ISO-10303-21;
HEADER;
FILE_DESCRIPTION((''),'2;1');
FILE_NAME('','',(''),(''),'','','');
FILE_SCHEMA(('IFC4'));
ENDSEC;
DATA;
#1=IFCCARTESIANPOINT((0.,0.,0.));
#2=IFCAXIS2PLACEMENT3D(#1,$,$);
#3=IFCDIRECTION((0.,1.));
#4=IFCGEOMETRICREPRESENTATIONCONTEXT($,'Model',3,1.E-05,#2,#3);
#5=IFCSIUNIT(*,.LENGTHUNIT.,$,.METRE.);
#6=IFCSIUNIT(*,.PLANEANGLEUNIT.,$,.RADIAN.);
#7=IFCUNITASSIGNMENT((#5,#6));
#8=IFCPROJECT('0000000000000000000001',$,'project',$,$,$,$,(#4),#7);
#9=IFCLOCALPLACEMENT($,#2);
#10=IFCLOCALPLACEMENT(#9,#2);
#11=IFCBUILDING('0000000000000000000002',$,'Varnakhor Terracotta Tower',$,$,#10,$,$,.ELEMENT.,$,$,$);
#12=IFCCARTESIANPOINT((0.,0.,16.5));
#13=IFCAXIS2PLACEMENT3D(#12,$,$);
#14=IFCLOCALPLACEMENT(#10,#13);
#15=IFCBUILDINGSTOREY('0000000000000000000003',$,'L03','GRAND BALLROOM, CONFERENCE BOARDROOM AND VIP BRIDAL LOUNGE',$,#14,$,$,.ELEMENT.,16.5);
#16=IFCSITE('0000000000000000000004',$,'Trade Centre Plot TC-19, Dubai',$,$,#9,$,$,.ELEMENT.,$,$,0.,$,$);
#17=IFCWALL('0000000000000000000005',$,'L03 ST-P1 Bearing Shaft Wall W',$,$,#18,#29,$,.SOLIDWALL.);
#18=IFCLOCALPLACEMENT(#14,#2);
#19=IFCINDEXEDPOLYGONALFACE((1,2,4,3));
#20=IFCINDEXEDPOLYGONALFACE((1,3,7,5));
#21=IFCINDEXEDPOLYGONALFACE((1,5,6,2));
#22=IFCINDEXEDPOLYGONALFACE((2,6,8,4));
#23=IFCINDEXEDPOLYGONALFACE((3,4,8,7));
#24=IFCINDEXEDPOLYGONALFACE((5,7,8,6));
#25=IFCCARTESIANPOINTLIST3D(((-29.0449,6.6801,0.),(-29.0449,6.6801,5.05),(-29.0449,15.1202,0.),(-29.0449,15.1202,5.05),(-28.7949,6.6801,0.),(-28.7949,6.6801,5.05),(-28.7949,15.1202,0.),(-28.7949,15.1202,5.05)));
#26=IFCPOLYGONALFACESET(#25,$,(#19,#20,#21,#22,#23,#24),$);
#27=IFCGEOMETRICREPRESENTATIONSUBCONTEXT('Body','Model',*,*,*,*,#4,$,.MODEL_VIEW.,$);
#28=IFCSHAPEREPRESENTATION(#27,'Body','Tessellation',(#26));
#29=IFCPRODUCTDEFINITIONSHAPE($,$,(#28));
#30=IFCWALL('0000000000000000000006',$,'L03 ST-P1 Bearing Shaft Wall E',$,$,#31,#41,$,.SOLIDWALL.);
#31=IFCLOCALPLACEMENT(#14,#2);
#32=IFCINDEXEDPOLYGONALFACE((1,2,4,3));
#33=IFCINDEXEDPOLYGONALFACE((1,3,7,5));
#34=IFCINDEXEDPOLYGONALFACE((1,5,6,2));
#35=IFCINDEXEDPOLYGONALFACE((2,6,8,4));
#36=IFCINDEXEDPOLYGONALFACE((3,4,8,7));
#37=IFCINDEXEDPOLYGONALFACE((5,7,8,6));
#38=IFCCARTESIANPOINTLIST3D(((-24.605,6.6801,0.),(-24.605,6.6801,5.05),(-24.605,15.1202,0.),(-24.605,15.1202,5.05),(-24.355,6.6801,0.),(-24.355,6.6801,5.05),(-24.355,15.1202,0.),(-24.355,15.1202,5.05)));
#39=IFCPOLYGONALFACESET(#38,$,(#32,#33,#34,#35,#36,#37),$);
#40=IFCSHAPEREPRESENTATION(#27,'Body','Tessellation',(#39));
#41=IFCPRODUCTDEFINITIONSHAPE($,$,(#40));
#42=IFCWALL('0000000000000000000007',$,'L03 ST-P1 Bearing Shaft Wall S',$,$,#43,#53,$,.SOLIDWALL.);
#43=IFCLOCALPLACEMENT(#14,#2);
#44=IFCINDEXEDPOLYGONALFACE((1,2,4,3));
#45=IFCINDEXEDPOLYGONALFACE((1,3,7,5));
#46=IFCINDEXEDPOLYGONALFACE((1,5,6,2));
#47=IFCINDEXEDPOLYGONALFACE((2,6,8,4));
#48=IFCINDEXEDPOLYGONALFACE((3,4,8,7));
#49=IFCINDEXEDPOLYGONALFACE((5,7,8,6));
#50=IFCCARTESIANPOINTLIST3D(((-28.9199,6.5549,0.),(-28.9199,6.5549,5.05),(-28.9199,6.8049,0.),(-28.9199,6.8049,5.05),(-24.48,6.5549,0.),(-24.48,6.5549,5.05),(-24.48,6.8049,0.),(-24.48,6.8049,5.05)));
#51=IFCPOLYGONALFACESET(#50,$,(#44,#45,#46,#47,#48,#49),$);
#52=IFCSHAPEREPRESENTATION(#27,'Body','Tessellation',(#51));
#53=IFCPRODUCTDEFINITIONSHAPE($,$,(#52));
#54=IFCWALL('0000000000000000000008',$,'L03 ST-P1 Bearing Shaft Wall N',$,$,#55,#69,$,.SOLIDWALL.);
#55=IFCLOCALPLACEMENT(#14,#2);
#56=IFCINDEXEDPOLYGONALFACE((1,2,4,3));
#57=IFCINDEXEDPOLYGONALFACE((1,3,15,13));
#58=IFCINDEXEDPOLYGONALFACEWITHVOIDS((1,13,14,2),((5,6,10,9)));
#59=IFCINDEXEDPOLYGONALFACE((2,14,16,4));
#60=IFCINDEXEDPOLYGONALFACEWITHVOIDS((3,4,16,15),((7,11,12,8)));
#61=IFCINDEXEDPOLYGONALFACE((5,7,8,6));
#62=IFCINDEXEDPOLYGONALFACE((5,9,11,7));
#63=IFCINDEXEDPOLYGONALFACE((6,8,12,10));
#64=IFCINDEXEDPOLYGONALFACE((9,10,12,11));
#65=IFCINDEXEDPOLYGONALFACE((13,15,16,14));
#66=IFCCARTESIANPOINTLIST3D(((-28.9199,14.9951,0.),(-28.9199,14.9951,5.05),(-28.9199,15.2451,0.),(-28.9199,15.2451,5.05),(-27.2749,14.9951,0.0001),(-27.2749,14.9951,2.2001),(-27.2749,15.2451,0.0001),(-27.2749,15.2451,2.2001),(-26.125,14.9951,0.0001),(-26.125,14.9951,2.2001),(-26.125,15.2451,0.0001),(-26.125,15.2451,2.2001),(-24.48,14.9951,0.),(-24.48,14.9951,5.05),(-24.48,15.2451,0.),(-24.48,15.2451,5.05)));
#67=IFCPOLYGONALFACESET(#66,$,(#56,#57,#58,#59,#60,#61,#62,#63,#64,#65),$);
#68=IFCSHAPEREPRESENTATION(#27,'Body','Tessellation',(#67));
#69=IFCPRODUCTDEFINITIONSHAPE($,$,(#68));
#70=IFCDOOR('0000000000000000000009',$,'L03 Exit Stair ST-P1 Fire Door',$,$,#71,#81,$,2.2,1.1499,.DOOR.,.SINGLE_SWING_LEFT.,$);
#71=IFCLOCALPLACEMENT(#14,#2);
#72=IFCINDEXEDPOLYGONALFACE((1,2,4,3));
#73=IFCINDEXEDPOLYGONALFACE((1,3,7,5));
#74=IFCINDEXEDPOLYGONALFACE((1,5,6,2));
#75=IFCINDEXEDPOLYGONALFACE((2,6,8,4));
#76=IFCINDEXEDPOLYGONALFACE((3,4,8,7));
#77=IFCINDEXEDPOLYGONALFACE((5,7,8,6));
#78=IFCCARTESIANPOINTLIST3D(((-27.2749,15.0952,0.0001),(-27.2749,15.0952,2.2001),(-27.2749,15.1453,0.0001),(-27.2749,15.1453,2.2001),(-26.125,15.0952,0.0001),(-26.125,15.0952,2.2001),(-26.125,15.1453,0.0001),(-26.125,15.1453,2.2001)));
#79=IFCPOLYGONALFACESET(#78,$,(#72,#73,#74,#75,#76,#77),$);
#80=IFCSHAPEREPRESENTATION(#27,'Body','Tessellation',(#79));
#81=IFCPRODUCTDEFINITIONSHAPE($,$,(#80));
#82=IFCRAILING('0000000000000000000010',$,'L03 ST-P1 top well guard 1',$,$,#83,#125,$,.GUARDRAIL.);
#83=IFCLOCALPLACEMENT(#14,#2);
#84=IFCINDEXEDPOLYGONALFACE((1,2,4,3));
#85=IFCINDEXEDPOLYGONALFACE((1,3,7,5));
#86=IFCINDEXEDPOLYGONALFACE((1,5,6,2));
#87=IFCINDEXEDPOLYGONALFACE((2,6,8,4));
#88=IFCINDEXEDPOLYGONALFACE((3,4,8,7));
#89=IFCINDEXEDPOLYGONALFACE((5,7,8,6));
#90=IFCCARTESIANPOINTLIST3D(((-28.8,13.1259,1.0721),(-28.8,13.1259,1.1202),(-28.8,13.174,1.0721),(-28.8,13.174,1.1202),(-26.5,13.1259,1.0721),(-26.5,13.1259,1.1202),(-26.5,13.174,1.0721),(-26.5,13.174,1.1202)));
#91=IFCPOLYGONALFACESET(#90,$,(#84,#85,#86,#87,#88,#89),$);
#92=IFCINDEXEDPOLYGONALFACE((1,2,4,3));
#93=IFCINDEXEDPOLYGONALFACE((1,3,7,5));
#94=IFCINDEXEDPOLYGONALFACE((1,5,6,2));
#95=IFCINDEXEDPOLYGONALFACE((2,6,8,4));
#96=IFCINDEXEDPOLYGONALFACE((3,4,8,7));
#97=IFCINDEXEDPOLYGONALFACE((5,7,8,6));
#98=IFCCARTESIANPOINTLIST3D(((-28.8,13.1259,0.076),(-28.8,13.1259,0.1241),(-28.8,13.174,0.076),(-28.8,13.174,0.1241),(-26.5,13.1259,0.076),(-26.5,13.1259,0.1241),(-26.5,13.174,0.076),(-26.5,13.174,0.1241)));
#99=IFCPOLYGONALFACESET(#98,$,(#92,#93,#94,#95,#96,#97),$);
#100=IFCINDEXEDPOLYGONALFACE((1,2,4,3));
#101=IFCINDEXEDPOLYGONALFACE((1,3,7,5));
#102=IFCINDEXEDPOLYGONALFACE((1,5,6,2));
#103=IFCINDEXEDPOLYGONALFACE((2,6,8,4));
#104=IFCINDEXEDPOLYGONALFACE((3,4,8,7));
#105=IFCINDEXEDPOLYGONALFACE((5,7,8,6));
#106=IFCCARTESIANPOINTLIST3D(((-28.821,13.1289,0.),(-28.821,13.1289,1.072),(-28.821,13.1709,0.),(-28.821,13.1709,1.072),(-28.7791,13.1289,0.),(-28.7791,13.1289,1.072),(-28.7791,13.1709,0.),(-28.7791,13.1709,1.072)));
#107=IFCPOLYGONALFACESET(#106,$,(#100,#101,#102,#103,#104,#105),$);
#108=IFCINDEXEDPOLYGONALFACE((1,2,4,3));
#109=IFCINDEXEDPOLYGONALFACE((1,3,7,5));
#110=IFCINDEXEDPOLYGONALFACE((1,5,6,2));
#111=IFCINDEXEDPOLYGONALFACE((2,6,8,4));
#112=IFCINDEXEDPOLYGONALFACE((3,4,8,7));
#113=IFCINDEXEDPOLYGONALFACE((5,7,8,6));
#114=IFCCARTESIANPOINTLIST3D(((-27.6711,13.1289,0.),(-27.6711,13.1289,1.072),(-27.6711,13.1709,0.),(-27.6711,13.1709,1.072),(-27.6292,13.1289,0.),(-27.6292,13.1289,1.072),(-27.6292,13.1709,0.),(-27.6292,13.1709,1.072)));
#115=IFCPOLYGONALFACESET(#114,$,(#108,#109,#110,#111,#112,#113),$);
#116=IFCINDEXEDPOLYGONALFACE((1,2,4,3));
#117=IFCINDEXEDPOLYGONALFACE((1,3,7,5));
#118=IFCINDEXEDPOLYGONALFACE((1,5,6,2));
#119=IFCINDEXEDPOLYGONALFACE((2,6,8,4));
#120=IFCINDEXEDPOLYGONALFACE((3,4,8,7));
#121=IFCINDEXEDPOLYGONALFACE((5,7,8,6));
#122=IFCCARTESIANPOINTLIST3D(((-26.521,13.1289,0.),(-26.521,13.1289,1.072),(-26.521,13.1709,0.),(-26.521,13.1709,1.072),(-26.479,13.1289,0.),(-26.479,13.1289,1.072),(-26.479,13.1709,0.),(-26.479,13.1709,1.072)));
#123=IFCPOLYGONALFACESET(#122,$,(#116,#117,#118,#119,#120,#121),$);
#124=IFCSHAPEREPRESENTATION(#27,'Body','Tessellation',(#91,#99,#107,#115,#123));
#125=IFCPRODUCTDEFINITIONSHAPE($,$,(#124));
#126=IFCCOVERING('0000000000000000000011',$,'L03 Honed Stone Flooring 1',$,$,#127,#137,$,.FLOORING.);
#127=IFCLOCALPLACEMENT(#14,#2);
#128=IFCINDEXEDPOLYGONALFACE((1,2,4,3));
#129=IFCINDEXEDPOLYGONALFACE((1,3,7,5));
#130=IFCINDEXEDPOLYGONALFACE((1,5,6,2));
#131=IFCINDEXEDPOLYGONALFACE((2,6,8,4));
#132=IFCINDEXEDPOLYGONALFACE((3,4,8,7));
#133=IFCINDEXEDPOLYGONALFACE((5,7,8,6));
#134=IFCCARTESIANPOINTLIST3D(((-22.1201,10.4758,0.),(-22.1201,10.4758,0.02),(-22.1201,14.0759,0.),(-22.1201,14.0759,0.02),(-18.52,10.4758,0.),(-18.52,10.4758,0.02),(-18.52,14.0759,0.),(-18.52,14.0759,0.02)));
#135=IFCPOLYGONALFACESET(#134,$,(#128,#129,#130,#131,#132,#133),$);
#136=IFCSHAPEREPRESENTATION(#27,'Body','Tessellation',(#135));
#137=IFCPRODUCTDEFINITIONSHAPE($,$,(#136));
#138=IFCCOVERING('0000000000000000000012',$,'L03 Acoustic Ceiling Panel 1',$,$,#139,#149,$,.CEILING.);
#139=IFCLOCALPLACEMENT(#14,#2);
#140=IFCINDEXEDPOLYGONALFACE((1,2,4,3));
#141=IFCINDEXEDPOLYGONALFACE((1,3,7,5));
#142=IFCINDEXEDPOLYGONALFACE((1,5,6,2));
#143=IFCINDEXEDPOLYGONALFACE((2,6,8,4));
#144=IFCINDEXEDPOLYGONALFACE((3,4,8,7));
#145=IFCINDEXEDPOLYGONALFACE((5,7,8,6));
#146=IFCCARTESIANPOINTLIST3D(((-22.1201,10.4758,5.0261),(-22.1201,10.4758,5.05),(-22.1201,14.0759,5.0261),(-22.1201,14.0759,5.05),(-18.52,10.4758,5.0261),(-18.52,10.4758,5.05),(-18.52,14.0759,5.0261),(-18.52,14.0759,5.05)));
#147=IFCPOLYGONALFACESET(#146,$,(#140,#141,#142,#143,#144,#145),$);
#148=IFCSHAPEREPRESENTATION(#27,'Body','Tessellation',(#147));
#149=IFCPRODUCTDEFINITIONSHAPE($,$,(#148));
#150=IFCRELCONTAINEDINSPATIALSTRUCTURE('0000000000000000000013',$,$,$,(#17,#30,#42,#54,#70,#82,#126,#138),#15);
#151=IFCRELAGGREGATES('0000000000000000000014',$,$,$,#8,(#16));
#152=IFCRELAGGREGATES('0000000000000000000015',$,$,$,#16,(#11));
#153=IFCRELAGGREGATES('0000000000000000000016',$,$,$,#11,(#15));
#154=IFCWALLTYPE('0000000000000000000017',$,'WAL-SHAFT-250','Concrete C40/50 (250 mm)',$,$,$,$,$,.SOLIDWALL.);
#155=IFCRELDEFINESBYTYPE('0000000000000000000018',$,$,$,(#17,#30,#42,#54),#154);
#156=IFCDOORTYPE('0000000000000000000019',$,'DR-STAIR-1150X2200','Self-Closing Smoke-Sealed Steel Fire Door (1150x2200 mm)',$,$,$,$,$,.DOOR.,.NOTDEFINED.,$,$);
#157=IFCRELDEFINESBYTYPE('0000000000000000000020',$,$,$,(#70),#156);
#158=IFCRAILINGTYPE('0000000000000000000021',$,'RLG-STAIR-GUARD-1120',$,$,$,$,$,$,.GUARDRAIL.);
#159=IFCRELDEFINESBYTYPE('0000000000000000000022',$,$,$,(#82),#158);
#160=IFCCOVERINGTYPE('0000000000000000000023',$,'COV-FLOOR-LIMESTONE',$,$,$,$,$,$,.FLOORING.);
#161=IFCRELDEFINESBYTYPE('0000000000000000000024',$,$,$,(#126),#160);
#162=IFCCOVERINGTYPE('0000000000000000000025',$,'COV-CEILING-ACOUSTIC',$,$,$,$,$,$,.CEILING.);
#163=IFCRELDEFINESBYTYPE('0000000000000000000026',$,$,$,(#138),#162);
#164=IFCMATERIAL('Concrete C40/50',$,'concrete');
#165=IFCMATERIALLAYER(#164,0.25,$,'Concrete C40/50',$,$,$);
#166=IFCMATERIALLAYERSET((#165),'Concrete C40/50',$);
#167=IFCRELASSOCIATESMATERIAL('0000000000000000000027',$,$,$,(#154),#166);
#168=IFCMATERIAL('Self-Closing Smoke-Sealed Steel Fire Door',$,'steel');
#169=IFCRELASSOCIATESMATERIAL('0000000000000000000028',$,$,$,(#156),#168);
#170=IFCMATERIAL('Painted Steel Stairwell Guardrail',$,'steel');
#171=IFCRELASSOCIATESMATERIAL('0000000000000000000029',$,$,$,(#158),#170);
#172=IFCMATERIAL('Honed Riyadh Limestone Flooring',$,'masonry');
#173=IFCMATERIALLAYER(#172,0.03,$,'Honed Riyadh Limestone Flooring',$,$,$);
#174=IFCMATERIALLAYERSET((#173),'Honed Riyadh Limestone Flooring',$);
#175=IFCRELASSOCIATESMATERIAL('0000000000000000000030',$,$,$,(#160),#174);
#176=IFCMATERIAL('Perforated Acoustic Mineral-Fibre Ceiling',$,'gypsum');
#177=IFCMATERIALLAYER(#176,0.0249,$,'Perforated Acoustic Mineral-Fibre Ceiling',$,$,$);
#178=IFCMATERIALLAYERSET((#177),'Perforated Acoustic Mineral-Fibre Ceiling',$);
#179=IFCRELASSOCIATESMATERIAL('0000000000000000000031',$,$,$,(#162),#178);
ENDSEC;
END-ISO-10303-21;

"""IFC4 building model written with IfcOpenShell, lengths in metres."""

from ifc_helpers import new_model, si_unit, direction, frame, frame_2d, origin, origin_2d, place, context, subcontext, project, spatial, rectangle, extrude, source, transform, mapped, material, layer, layer_set, type_object, type_shapes, element, fill, save


model = new_model("IFC4")

# Units and contexts
model_context = context("Model", 3, precision=1e-05, world=origin(), true_north=direction((0.0, 1.0)))
body_context = subcontext(model_context, "Body", "Model", "MODEL_VIEW")
ifc_project = project(units=[si_unit("LENGTHUNIT", "METRE"), si_unit("PLANEANGLEUNIT", "RADIAN")], contexts=[model_context])

# Site, building, storey
site_placement = place(None, origin())
site = spatial("IfcSite", under=ifc_project, at=site_placement, Name="Trade Centre Plot TC-19, Dubai", CompositionType="ELEMENT", RefElevation=0.0)
building_placement = place(site_placement, origin())
building = spatial("IfcBuilding", under=site, at=building_placement, Name="Varnakhor Terracotta Tower", CompositionType="ELEMENT")
storey_placement = place(building_placement, frame((0.0, 0.0, 16.5)))
storey = spatial("IfcBuildingStorey", under=building, at=storey_placement, Name="L03", Description="GRAND BALLROOM, CONFERENCE BOARDROOM AND VIP BRIDAL LOUNGE", CompositionType="ELEMENT", Elevation=16.5)

# Walls
ifc_material_1 = material(Name="Concrete C40/50", Category="concrete")
ifc_layer_1 = layer(ifc_material_1, 0.25, Name="Concrete C40/50")
ifc_layer_set_1 = layer_set([ifc_layer_1], Name="Concrete C40/50")
wall_type_1 = type_object("IfcWallType", Name="WAL-SHAFT-250", Description="Concrete C40/50 (250 mm)", PredefinedType="SOLIDWALL", material=ifc_layer_set_1)
for number, where, z_axis, x_axis, name in (
    (1, (-28.9199, 6.6799, 0.0), (0.0, 0.0, 1.0), (0.0, 1.0, 0.0), "L03 ST-P1 Bearing Shaft Wall W"),
    (2, (-24.48, 6.6799, 0.0), (0.0, 0.0, 1.0), (0.0, 1.0, 0.0), "L03 ST-P1 Bearing Shaft Wall E"),
):
    element("IfcWall", number, at=place(storey_placement, frame(where, z_axis=z_axis, x_axis=x_axis)), inside=storey, type_object=wall_type_1, Name=name, PredefinedType="SOLIDWALL", context=body_context, shape_type="SweptSolid", body=[
        extrude(rectangle(XDim=8.4402, YDim=0.25, at=frame_2d((4.2202, 0.0))), origin(), (0.0, 0.0, 1.0), 5.05),
    ])
wall_1_placement = place(storey_placement, frame((-28.9199, 6.6799, 0.0), z_axis=(0.0, 0.0, 1.0), x_axis=(1.0, 0.0, 0.0)))
element("IfcWall", 3, at=wall_1_placement, inside=storey, type_object=wall_type_1, Name="L03 ST-P1 Bearing Shaft Wall S", PredefinedType="SOLIDWALL", context=body_context, shape_type="SweptSolid", body=[
    extrude(rectangle(XDim=4.4399, YDim=0.25, at=frame_2d((2.22, 0.0))), origin(), (0.0, 0.0, 1.0), 5.05),
])

# Wall, opening, door
wall_2_placement = place(storey_placement, frame((-24.48, 15.1201, 0.0), z_axis=(0.0, 0.0, 1.0), x_axis=(-1.0, 0.0, 0.0)))
wall_2 = element("IfcWall", 4, at=wall_2_placement, inside=storey, type_object=wall_type_1, Name="L03 ST-P1 Bearing Shaft Wall N", PredefinedType="SOLIDWALL", context=body_context, shape_type="SweptSolid", body=[
    extrude(rectangle(XDim=4.4399, YDim=0.25, at=frame_2d((2.22, 0.0))), origin(), (0.0, 0.0, 1.0), 5.05),
])
opening_1_placement = place(wall_2_placement, frame((1.645, 0.0, 0.0)))
opening_1 = element("IfcOpeningElement", 5, at=opening_1_placement, cuts=wall_2, PredefinedType="OPENING", context=body_context, shape_type="SweptSolid", body=[
    extrude(rectangle(XDim=1.1499, YDim=2.2, at=frame_2d((0.575, 1.1001))), frame((0.0, 0.135, 0.0), z_axis=(0.0, -1.0, 0.0), x_axis=(1.0, 0.0, 0.0)), (0.0, 0.0, 1.0), 0.27),
])
ifc_material_2 = material(Name="Self-Closing Smoke-Sealed Steel Fire Door", Category="steel")
door_type_1 = type_object("IfcDoorType", Name="DR-STAIR-1150X2200", Description="Self-Closing Smoke-Sealed Steel Fire Door (1150x2200 mm)", OperationType="NOTDEFINED", PredefinedType="DOOR", material=ifc_material_2)
shared_shape_1 = source(origin(), body_context, "Body", "SweptSolid", [
    extrude(rectangle(XDim=1.1499, YDim=2.2, at=frame_2d((0.575, 1.1001))), frame((0.0, 0.0249, 0.0), z_axis=(0.0, -1.0, 0.0), x_axis=(1.0, 0.0, 0.0)), (0.0, 0.0, 1.0), 0.05),
])
type_shapes(door_type_1, [shared_shape_1])
door_1_placement = place(opening_1_placement, origin())
door_1 = element("IfcDoor", 6, at=door_1_placement, inside=storey, type_object=door_type_1, Name="L03 Exit Stair ST-P1 Fire Door", OperationType="SINGLE_SWING_LEFT", OverallHeight=2.2, OverallWidth=1.1499, PredefinedType="DOOR", context=body_context, shape_type="MappedRepresentation", body=[
    mapped(shared_shape_1, transform((0.0, 0.0, 0.0), scale=1.0)),
])
fill(opening_1, door_1)

# Railing
ifc_material_3 = material(Name="Painted Steel Stairwell Guardrail", Category="steel")
railing_type = type_object("IfcRailingType", Name="RLG-STAIR-GUARD-1120", PredefinedType="GUARDRAIL", material=ifc_material_3)
railing_placement = place(storey_placement, frame((-28.8, 13.1499, 0.0)))
element("IfcRailing", 7, at=railing_placement, inside=storey, type_object=railing_type, Name="L03 ST-P1 top well guard 1", PredefinedType="GUARDRAIL", context=body_context, shape_type="SweptSolid", body=[
    extrude(rectangle(XDim=0.0481, YDim=0.0481, at=origin_2d()), frame((0.0, 0.0, 1.0962), z_axis=(1.0, 0.0, 0.0), x_axis=(0.0, 1.0, 0.0)), (0.0, 0.0, 1.0), 2.3),
    extrude(rectangle(XDim=0.0481, YDim=0.0481, at=origin_2d()), frame((0.0, 0.0, 0.1001), z_axis=(1.0, 0.0, 0.0), x_axis=(0.0, 1.0, 0.0)), (0.0, 0.0, 1.0), 2.3),
    extrude(rectangle(XDim=0.042, YDim=0.042, at=origin_2d()), origin(), (0.0, 0.0, 1.0), 1.072),
    extrude(rectangle(XDim=0.042, YDim=0.042, at=origin_2d()), frame((1.1499, 0.0, 0.0)), (0.0, 0.0, 1.0), 1.072),
    extrude(rectangle(XDim=0.042, YDim=0.042, at=origin_2d()), frame((2.3, 0.0, 0.0)), (0.0, 0.0, 1.0), 1.072),
])

# Coverings
ifc_material_4 = material(Name="Honed Riyadh Limestone Flooring", Category="masonry")
ifc_layer_2 = layer(ifc_material_4, 0.03, Name="Honed Riyadh Limestone Flooring")
ifc_layer_set_2 = layer_set([ifc_layer_2], Name="Honed Riyadh Limestone Flooring")
covering_type_1 = type_object("IfcCoveringType", Name="COV-FLOOR-LIMESTONE", PredefinedType="FLOORING", material=ifc_layer_set_2)
shared_shape_2 = source(origin(), body_context, "Body", "SweptSolid", [
    extrude(rectangle(XDim=3.6001, YDim=3.6001, at=origin_2d()), origin(), (0.0, 0.0, 1.0), 0.02),
])
covering_1_placement = place(storey_placement, frame((-20.3201, 12.2759, 0.0), z_axis=(0.0, 0.0, 1.0), x_axis=(1.0, 0.0, 0.0)))
element("IfcCovering", 8, at=covering_1_placement, inside=storey, type_object=covering_type_1, Name="L03 Honed Stone Flooring 1", PredefinedType="FLOORING", context=body_context, shape_type="MappedRepresentation", body=[
    mapped(shared_shape_2, transform((0.0, 0.0, 0.0), scale=1.0)),
])
ifc_material_5 = material(Name="Perforated Acoustic Mineral-Fibre Ceiling", Category="gypsum")
ifc_layer_3 = layer(ifc_material_5, 0.0249, Name="Perforated Acoustic Mineral-Fibre Ceiling")
ifc_layer_set_3 = layer_set([ifc_layer_3], Name="Perforated Acoustic Mineral-Fibre Ceiling")
covering_type_2 = type_object("IfcCoveringType", Name="COV-CEILING-ACOUSTIC", PredefinedType="CEILING", material=ifc_layer_set_3)
shared_shape_3 = source(origin(), body_context, "Body", "SweptSolid", [
    extrude(rectangle(XDim=3.6001, YDim=3.6001, at=origin_2d()), origin(), (0.0, 0.0, 1.0), 0.0239),
])
covering_2_placement = place(storey_placement, frame((-20.3201, 12.2759, 5.0261), z_axis=(0.0, 0.0, 1.0), x_axis=(1.0, 0.0, 0.0)))
element("IfcCovering", 9, at=covering_2_placement, inside=storey, type_object=covering_type_2, Name="L03 Acoustic Ceiling Panel 1", PredefinedType="CEILING", context=body_context, shape_type="MappedRepresentation", body=[
    mapped(shared_shape_3, transform((0.0, 0.0, 0.0), scale=1.0)),
])

save(model, "model.ifc")
